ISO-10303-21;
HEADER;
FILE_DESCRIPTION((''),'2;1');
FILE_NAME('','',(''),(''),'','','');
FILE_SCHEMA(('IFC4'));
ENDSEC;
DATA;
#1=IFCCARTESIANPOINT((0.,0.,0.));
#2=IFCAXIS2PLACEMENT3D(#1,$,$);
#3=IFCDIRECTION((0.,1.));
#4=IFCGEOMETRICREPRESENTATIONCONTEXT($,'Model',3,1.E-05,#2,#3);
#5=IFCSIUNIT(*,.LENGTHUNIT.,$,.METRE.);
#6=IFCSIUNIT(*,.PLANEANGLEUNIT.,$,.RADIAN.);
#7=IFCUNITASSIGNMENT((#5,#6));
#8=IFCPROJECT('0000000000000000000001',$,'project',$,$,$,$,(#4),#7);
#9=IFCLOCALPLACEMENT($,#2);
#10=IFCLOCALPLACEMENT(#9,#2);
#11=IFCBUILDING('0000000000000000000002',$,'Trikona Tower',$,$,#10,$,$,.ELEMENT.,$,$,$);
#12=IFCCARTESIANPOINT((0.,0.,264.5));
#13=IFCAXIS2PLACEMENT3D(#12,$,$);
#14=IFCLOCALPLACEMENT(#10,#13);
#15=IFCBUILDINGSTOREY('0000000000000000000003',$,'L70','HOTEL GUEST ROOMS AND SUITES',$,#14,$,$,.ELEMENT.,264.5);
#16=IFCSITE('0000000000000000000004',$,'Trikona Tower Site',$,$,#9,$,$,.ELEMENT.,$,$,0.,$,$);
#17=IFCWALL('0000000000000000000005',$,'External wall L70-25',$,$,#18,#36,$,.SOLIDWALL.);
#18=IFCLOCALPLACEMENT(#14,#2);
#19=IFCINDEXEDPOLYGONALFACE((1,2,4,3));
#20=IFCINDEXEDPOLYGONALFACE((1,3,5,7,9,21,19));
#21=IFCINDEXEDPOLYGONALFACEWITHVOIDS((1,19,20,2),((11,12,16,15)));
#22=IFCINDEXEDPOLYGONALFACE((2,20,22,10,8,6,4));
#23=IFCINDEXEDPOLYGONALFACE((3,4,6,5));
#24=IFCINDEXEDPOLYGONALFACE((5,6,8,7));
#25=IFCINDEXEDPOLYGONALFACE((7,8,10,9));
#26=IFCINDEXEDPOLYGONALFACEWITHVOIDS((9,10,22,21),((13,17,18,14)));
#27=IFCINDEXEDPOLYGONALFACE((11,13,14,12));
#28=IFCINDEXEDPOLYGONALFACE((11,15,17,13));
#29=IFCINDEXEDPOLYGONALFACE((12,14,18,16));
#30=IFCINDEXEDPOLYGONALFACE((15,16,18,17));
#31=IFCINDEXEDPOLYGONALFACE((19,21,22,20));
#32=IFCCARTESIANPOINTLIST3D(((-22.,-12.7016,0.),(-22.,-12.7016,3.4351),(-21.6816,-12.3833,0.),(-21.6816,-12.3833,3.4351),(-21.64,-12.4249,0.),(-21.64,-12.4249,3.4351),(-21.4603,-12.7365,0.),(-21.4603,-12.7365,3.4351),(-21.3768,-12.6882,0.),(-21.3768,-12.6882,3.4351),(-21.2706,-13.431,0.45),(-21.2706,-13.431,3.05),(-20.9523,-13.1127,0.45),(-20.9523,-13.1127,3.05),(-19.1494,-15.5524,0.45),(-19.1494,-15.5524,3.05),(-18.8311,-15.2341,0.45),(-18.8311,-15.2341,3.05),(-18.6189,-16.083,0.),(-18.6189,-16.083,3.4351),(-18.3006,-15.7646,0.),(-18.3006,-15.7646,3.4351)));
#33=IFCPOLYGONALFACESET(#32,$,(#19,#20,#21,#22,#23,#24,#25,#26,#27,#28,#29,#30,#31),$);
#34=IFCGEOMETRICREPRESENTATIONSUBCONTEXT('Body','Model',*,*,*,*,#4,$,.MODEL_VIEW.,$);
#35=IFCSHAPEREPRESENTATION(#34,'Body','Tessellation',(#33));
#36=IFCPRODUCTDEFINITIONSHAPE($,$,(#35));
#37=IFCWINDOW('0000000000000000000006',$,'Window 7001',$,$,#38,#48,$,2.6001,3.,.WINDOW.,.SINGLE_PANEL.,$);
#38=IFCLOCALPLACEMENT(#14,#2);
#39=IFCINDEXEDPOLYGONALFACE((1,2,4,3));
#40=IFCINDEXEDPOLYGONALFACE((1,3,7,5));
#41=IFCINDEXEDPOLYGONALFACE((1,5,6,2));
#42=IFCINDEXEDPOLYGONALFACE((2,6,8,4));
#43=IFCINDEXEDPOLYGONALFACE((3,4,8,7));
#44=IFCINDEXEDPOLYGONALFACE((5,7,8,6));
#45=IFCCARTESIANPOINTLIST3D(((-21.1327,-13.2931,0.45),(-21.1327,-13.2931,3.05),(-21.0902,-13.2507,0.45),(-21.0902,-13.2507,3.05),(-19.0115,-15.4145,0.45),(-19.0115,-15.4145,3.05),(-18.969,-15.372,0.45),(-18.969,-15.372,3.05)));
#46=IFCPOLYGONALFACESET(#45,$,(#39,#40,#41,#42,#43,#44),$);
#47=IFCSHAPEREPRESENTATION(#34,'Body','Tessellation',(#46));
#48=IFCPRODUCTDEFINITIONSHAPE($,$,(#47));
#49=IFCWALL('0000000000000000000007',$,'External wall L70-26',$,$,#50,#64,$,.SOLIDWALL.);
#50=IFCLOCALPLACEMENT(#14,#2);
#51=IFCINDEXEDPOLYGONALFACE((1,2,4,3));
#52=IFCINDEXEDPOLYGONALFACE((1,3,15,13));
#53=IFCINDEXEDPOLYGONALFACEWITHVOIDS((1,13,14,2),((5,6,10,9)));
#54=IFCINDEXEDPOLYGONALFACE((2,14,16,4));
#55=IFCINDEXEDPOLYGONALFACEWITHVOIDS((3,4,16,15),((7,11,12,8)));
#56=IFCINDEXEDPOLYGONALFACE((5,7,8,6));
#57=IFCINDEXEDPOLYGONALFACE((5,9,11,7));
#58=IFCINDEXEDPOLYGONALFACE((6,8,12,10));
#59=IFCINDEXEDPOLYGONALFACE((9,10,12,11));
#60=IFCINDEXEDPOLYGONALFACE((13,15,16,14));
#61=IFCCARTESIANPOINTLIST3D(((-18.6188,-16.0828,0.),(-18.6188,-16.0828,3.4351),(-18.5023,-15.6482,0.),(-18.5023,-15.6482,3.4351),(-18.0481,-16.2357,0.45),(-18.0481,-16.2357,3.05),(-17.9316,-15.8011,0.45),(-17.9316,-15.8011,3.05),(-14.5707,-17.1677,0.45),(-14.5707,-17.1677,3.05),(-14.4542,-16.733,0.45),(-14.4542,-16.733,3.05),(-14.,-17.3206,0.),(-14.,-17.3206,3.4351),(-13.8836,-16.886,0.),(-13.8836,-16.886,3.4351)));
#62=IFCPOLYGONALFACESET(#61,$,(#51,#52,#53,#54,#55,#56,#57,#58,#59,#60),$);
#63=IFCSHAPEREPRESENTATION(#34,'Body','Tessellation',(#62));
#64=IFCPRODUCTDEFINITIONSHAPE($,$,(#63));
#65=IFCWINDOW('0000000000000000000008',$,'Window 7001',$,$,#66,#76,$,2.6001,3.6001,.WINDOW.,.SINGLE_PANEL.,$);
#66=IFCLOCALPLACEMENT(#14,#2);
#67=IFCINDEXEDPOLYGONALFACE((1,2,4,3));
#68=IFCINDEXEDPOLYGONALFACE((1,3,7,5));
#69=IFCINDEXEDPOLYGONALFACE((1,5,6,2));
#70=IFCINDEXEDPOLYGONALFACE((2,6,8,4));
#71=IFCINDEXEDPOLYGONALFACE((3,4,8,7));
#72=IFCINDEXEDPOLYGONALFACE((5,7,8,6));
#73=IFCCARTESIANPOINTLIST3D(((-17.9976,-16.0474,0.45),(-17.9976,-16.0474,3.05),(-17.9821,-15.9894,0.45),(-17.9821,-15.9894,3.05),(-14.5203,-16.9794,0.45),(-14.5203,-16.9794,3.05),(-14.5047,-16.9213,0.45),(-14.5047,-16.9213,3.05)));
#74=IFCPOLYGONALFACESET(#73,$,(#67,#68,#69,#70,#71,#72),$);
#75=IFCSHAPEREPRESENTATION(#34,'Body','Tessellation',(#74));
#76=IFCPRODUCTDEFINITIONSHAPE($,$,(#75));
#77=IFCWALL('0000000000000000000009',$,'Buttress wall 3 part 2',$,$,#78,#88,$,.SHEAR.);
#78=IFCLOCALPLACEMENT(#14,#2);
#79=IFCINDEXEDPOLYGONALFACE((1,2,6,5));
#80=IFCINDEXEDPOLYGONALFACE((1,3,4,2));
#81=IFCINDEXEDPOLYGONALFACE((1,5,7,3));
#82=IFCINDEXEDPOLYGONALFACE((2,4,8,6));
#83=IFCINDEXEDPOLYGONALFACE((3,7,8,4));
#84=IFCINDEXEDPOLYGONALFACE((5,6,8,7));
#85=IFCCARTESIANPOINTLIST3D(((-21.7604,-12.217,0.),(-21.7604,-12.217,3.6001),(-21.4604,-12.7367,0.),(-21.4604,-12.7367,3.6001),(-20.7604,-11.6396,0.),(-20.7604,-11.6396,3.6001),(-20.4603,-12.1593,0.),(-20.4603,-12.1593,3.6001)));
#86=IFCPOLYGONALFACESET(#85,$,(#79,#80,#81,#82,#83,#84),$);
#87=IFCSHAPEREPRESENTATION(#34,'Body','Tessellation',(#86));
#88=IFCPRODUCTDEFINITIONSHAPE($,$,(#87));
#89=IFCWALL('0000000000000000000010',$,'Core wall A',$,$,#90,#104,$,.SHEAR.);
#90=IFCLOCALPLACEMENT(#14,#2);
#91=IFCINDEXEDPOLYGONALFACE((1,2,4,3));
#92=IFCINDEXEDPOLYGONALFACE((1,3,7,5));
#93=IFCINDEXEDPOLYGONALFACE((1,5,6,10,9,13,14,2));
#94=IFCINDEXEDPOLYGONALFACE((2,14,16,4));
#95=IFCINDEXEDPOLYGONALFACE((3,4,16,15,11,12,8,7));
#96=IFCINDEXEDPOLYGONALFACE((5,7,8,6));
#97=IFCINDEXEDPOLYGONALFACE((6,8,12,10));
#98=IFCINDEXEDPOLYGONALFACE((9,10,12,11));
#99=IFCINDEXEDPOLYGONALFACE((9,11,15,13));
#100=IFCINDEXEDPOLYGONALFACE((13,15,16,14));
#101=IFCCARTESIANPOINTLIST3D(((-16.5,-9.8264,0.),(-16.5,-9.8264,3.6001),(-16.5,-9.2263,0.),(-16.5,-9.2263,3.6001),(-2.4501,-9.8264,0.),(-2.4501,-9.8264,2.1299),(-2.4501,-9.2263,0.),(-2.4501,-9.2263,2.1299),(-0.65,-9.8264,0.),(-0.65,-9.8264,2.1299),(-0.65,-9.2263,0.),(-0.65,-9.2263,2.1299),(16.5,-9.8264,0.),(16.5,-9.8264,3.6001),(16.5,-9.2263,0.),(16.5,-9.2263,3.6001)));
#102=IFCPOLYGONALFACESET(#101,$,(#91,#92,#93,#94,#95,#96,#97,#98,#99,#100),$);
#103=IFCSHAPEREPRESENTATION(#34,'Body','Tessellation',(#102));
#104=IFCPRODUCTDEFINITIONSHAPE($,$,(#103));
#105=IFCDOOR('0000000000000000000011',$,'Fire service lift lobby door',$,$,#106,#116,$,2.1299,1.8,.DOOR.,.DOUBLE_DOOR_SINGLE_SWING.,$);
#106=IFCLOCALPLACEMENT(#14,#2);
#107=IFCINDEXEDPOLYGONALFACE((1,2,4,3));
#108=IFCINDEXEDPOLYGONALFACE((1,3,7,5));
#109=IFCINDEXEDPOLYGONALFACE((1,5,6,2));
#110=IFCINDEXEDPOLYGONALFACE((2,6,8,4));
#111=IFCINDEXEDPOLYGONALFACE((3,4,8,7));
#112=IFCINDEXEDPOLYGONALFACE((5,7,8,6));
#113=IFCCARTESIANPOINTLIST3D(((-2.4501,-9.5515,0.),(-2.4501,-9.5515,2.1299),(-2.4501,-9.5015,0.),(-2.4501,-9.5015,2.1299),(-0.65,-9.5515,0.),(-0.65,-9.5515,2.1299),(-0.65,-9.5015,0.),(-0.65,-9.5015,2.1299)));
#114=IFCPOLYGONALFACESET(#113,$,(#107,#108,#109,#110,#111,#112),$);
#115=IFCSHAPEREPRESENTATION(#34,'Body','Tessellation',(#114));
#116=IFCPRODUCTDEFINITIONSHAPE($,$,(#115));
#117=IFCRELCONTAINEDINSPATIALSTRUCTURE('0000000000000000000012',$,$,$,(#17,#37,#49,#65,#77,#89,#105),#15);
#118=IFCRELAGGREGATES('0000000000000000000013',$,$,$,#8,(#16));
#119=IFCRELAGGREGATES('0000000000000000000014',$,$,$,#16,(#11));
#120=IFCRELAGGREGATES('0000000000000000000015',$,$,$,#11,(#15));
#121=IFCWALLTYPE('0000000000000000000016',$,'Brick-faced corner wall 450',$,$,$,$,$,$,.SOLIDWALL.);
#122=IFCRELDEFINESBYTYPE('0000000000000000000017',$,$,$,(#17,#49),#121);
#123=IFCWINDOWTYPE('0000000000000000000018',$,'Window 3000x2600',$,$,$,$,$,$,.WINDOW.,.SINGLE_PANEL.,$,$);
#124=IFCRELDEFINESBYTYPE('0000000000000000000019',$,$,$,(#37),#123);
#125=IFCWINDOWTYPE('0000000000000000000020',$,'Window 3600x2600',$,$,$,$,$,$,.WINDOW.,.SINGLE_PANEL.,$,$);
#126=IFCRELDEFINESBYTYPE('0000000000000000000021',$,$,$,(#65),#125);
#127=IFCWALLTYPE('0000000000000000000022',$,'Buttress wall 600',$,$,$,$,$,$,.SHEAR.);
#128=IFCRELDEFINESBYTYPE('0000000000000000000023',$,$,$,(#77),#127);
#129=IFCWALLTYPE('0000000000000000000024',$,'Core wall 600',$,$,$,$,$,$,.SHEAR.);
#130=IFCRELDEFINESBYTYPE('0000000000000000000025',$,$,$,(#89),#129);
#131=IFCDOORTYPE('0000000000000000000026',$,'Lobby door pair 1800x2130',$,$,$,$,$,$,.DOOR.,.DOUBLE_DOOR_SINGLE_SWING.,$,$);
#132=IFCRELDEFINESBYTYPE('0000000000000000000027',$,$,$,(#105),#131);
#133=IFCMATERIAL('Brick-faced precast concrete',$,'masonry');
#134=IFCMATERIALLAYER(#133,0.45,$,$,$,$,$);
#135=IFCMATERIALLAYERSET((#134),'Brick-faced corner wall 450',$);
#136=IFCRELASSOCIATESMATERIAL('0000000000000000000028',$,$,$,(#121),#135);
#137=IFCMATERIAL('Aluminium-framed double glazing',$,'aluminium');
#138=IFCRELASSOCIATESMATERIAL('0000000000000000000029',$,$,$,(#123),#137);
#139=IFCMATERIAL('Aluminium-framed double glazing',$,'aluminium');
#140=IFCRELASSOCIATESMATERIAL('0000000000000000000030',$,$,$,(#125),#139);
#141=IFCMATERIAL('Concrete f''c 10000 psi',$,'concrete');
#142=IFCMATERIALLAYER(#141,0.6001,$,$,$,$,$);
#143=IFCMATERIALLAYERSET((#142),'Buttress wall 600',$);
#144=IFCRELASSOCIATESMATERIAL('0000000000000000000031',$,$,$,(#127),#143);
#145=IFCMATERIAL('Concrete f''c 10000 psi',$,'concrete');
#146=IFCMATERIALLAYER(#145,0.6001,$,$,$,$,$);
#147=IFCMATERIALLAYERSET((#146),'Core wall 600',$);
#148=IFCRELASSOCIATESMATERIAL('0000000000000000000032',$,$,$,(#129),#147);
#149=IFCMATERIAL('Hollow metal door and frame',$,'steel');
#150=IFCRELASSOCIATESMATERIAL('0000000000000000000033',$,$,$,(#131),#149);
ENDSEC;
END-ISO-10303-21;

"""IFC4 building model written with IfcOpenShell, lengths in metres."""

from ifc_helpers import new_model, si_unit, direction, frame, frame_2d, origin, place, context, subcontext, project, spatial, polyline, rectangle, outline, extrude, material, layer, layer_set, type_object, element, fill, save


model = new_model("IFC4")

# Units and contexts
model_context = context("Model", 3, precision=1e-05, world=origin(), true_north=direction((0.0, 1.0)))
body_context = subcontext(model_context, "Body", "Model", "MODEL_VIEW")
ifc_project = project(units=[si_unit("LENGTHUNIT", "METRE"), si_unit("PLANEANGLEUNIT", "RADIAN")], contexts=[model_context])

# Site, building, storey
site_placement = place(None, origin())
site = spatial("IfcSite", under=ifc_project, at=site_placement, Name="Trikona Tower Site", CompositionType="ELEMENT", RefElevation=0.0)
building_placement = place(site_placement, origin())
building = spatial("IfcBuilding", under=site, at=building_placement, Name="Trikona Tower", CompositionType="ELEMENT")
storey_placement = place(building_placement, frame((0.0, 0.0, 264.5)))
storey = spatial("IfcBuildingStorey", under=building, at=storey_placement, Name="L70", Description="HOTEL GUEST ROOMS AND SUITES", CompositionType="ELEMENT", Elevation=264.5)

# Walls, openings, windows
ifc_material_1 = material(Name="Brick-faced precast concrete", Category="masonry")
ifc_layer_1 = layer(ifc_material_1, 0.45)
ifc_layer_set_1 = layer_set([ifc_layer_1], Name="Brick-faced corner wall 450")
wall_type_1 = type_object("IfcWallType", Name="Brick-faced corner wall 450", PredefinedType="SOLIDWALL", material=ifc_layer_set_1)
wall_1_placement = place(storey_placement, frame((-21.8408, -12.5425, 0.0), z_axis=(0.0, 0.0, 1.0), x_axis=(0.707081, -0.707132, 0.0)))
wall_1 = element("IfcWall", 1, at=wall_1_placement, inside=storey, type_object=wall_type_1, Name="External wall L70-25", PredefinedType="SOLIDWALL", context=body_context, shape_type="SweptSolid", body=[
    extrude(outline(polyline([(4.7817, 0.2251), (0.4312, 0.2251), (0.4062, 0.1318), (0.0588, 0.2251), (0.0, 0.2251), (0.0, -0.2251), (4.7817, -0.2251), (4.7817, 0.2251)])), origin(), (0.0, 0.0, 1.0), 3.4351),
])
opening_1_placement = place(wall_1_placement, frame((1.0315, 0.0, 0.45)))
opening_1 = element("IfcOpeningElement", 2, at=opening_1_placement, cuts=wall_1, PredefinedType="OPENING", context=body_context, shape_type="SweptSolid", body=[
    extrude(rectangle(XDim=3.0, YDim=2.6001, at=frame_2d((1.5, 1.3))), frame((0.0, 0.2349, 0.0), z_axis=(0.0, -1.0, 0.0), x_axis=(1.0, 0.0, 0.0)), (0.0, 0.0, 1.0), 0.47),
])
ifc_material_2 = material(Name="Aluminium-framed double glazing", Category="aluminium")
window_type_1 = type_object("IfcWindowType", Name="Window 3000x2600", PartitioningType="SINGLE_PANEL", PredefinedType="WINDOW", material=ifc_material_2)
window_1_placement = place(opening_1_placement, origin())
window_1 = element("IfcWindow", 3, at=window_1_placement, inside=storey, type_object=window_type_1, Name="Window 7001", OverallHeight=2.6001, OverallWidth=3.0, PartitioningType="SINGLE_PANEL", PredefinedType="WINDOW", context=body_context, shape_type="SweptSolid", body=[
    extrude(rectangle(XDim=3.0, YDim=2.6001, at=frame_2d((1.5, 1.3))), frame((0.0, 0.03, 0.0), z_axis=(0.0, -1.0, 0.0), x_axis=(1.0, 0.0, 0.0)), (0.0, 0.0, 1.0), 0.0601),
])
fill(opening_1, window_1)
wall_2_placement = place(storey_placement, frame((-18.5605, -15.8655, 0.0), z_axis=(0.0, 0.0, 1.0), x_axis=(0.965914, -0.258864, 0.0)))
wall_2 = element("IfcWall", 4, at=wall_2_placement, inside=storey, type_object=wall_type_1, Name="External wall L70-26", PredefinedType="SOLIDWALL", context=body_context, shape_type="SweptSolid", body=[
    extrude(rectangle(XDim=4.7817, YDim=0.45, at=frame_2d((2.3909, 0.0))), origin(), (0.0, 0.0, 1.0), 3.4351),
])
opening_2_placement = place(wall_2_placement, frame((0.5908, 0.0, 0.45)))
opening_2 = element("IfcOpeningElement", 5, at=opening_2_placement, cuts=wall_2, PredefinedType="OPENING", context=body_context, shape_type="SweptSolid", body=[
    extrude(rectangle(XDim=3.6001, YDim=2.6001, at=frame_2d((1.8, 1.3))), frame((0.0, 0.2349, 0.0), z_axis=(0.0, -1.0, 0.0), x_axis=(1.0, 0.0, 0.0)), (0.0, 0.0, 1.0), 0.47),
])
ifc_material_3 = material(Name="Aluminium-framed double glazing", Category="aluminium")
window_type_2 = type_object("IfcWindowType", Name="Window 3600x2600", PartitioningType="SINGLE_PANEL", PredefinedType="WINDOW", material=ifc_material_3)
window_2_placement = place(opening_2_placement, origin())
window_2 = element("IfcWindow", 6, at=window_2_placement, inside=storey, type_object=window_type_2, Name="Window 7001", OverallHeight=2.6001, OverallWidth=3.6001, PartitioningType="SINGLE_PANEL", PredefinedType="WINDOW", context=body_context, shape_type="SweptSolid", body=[
    extrude(rectangle(XDim=3.6001, YDim=2.6001, at=frame_2d((1.8, 1.3))), frame((0.0, 0.03, 0.0), z_axis=(0.0, -1.0, 0.0), x_axis=(1.0, 0.0, 0.0)), (0.0, 0.0, 1.0), 0.0601),
])
fill(opening_2, window_2)

# Wall
ifc_material_4 = material(Name="Concrete f'c 10000 psi", Category="concrete")
ifc_layer_2 = layer(ifc_material_4, 0.6001)
ifc_layer_set_2 = layer_set([ifc_layer_2], Name="Buttress wall 600")
wall_type_2 = type_object("IfcWallType", Name="Buttress wall 600", PredefinedType="SHEAR", material=ifc_layer_set_2)
wall_3_placement = place(storey_placement, frame((-20.6104, -11.8994, 0.0), z_axis=(0.0, 0.0, 1.0), x_axis=(-0.86601, -0.500027, 0.0)))
element("IfcWall", 7, at=wall_3_placement, inside=storey, type_object=wall_type_2, Name="Buttress wall 3 part 2", PredefinedType="SHEAR", context=body_context, shape_type="SweptSolid", body=[
    extrude(rectangle(XDim=1.1548, YDim=0.6001, at=frame_2d((0.5774, 0.0))), origin(), (0.0, 0.0, 1.0), 3.6001),
])

# Wall, opening, door
ifc_material_5 = material(Name="Concrete f'c 10000 psi", Category="concrete")
ifc_layer_3 = layer(ifc_material_5, 0.6001)
ifc_layer_set_3 = layer_set([ifc_layer_3], Name="Core wall 600")
wall_type_3 = type_object("IfcWallType", Name="Core wall 600", PredefinedType="SHEAR", material=ifc_layer_set_3)
wall_4_placement = place(storey_placement, frame((-16.5, -9.5264, 0.0), z_axis=(0.0, 0.0, 1.0), x_axis=(1.0, 0.0, 0.0)))
wall_4 = element("IfcWall", 8, at=wall_4_placement, inside=storey, type_object=wall_type_3, Name="Core wall A", PredefinedType="SHEAR", context=body_context, shape_type="SweptSolid", body=[
    extrude(rectangle(XDim=33.0, YDim=0.6001, at=frame_2d((16.5, 0.0))), origin(), (0.0, 0.0, 1.0), 3.6001),
])
opening_3_placement = place(wall_4_placement, frame((14.05, 0.0, 0.0)))
opening_3 = element("IfcOpeningElement", 9, at=opening_3_placement, cuts=wall_4, PredefinedType="OPENING", context=body_context, shape_type="SweptSolid", body=[
    extrude(rectangle(XDim=1.8, YDim=2.1299, at=frame_2d((0.8999, 1.0649))), frame((0.0, 0.3101, 0.0), z_axis=(0.0, -1.0, 0.0), x_axis=(1.0, 0.0, 0.0)), (0.0, 0.0, 1.0), 0.6201),
])
ifc_material_6 = material(Name="Hollow metal door and frame", Category="steel")
door_type_1 = type_object("IfcDoorType", Name="Lobby door pair 1800x2130", OperationType="DOUBLE_DOOR_SINGLE_SWING", PredefinedType="DOOR", material=ifc_material_6)
door_1_placement = place(opening_3_placement, origin())
door_1 = element("IfcDoor", 10, at=door_1_placement, inside=storey, type_object=door_type_1, Name="Fire service lift lobby door", OperationType="DOUBLE_DOOR_SINGLE_SWING", OverallHeight=2.1299, OverallWidth=1.8, PredefinedType="DOOR", context=body_context, shape_type="SweptSolid", body=[
    extrude(rectangle(XDim=1.8, YDim=2.1299, at=frame_2d((0.8999, 1.0649))), frame((0.0, 0.0249, 0.0), z_axis=(0.0, -1.0, 0.0), x_axis=(1.0, 0.0, 0.0)), (0.0, 0.0, 1.0), 0.05),
])
fill(opening_3, door_1)

save(model, "model.ifc")
